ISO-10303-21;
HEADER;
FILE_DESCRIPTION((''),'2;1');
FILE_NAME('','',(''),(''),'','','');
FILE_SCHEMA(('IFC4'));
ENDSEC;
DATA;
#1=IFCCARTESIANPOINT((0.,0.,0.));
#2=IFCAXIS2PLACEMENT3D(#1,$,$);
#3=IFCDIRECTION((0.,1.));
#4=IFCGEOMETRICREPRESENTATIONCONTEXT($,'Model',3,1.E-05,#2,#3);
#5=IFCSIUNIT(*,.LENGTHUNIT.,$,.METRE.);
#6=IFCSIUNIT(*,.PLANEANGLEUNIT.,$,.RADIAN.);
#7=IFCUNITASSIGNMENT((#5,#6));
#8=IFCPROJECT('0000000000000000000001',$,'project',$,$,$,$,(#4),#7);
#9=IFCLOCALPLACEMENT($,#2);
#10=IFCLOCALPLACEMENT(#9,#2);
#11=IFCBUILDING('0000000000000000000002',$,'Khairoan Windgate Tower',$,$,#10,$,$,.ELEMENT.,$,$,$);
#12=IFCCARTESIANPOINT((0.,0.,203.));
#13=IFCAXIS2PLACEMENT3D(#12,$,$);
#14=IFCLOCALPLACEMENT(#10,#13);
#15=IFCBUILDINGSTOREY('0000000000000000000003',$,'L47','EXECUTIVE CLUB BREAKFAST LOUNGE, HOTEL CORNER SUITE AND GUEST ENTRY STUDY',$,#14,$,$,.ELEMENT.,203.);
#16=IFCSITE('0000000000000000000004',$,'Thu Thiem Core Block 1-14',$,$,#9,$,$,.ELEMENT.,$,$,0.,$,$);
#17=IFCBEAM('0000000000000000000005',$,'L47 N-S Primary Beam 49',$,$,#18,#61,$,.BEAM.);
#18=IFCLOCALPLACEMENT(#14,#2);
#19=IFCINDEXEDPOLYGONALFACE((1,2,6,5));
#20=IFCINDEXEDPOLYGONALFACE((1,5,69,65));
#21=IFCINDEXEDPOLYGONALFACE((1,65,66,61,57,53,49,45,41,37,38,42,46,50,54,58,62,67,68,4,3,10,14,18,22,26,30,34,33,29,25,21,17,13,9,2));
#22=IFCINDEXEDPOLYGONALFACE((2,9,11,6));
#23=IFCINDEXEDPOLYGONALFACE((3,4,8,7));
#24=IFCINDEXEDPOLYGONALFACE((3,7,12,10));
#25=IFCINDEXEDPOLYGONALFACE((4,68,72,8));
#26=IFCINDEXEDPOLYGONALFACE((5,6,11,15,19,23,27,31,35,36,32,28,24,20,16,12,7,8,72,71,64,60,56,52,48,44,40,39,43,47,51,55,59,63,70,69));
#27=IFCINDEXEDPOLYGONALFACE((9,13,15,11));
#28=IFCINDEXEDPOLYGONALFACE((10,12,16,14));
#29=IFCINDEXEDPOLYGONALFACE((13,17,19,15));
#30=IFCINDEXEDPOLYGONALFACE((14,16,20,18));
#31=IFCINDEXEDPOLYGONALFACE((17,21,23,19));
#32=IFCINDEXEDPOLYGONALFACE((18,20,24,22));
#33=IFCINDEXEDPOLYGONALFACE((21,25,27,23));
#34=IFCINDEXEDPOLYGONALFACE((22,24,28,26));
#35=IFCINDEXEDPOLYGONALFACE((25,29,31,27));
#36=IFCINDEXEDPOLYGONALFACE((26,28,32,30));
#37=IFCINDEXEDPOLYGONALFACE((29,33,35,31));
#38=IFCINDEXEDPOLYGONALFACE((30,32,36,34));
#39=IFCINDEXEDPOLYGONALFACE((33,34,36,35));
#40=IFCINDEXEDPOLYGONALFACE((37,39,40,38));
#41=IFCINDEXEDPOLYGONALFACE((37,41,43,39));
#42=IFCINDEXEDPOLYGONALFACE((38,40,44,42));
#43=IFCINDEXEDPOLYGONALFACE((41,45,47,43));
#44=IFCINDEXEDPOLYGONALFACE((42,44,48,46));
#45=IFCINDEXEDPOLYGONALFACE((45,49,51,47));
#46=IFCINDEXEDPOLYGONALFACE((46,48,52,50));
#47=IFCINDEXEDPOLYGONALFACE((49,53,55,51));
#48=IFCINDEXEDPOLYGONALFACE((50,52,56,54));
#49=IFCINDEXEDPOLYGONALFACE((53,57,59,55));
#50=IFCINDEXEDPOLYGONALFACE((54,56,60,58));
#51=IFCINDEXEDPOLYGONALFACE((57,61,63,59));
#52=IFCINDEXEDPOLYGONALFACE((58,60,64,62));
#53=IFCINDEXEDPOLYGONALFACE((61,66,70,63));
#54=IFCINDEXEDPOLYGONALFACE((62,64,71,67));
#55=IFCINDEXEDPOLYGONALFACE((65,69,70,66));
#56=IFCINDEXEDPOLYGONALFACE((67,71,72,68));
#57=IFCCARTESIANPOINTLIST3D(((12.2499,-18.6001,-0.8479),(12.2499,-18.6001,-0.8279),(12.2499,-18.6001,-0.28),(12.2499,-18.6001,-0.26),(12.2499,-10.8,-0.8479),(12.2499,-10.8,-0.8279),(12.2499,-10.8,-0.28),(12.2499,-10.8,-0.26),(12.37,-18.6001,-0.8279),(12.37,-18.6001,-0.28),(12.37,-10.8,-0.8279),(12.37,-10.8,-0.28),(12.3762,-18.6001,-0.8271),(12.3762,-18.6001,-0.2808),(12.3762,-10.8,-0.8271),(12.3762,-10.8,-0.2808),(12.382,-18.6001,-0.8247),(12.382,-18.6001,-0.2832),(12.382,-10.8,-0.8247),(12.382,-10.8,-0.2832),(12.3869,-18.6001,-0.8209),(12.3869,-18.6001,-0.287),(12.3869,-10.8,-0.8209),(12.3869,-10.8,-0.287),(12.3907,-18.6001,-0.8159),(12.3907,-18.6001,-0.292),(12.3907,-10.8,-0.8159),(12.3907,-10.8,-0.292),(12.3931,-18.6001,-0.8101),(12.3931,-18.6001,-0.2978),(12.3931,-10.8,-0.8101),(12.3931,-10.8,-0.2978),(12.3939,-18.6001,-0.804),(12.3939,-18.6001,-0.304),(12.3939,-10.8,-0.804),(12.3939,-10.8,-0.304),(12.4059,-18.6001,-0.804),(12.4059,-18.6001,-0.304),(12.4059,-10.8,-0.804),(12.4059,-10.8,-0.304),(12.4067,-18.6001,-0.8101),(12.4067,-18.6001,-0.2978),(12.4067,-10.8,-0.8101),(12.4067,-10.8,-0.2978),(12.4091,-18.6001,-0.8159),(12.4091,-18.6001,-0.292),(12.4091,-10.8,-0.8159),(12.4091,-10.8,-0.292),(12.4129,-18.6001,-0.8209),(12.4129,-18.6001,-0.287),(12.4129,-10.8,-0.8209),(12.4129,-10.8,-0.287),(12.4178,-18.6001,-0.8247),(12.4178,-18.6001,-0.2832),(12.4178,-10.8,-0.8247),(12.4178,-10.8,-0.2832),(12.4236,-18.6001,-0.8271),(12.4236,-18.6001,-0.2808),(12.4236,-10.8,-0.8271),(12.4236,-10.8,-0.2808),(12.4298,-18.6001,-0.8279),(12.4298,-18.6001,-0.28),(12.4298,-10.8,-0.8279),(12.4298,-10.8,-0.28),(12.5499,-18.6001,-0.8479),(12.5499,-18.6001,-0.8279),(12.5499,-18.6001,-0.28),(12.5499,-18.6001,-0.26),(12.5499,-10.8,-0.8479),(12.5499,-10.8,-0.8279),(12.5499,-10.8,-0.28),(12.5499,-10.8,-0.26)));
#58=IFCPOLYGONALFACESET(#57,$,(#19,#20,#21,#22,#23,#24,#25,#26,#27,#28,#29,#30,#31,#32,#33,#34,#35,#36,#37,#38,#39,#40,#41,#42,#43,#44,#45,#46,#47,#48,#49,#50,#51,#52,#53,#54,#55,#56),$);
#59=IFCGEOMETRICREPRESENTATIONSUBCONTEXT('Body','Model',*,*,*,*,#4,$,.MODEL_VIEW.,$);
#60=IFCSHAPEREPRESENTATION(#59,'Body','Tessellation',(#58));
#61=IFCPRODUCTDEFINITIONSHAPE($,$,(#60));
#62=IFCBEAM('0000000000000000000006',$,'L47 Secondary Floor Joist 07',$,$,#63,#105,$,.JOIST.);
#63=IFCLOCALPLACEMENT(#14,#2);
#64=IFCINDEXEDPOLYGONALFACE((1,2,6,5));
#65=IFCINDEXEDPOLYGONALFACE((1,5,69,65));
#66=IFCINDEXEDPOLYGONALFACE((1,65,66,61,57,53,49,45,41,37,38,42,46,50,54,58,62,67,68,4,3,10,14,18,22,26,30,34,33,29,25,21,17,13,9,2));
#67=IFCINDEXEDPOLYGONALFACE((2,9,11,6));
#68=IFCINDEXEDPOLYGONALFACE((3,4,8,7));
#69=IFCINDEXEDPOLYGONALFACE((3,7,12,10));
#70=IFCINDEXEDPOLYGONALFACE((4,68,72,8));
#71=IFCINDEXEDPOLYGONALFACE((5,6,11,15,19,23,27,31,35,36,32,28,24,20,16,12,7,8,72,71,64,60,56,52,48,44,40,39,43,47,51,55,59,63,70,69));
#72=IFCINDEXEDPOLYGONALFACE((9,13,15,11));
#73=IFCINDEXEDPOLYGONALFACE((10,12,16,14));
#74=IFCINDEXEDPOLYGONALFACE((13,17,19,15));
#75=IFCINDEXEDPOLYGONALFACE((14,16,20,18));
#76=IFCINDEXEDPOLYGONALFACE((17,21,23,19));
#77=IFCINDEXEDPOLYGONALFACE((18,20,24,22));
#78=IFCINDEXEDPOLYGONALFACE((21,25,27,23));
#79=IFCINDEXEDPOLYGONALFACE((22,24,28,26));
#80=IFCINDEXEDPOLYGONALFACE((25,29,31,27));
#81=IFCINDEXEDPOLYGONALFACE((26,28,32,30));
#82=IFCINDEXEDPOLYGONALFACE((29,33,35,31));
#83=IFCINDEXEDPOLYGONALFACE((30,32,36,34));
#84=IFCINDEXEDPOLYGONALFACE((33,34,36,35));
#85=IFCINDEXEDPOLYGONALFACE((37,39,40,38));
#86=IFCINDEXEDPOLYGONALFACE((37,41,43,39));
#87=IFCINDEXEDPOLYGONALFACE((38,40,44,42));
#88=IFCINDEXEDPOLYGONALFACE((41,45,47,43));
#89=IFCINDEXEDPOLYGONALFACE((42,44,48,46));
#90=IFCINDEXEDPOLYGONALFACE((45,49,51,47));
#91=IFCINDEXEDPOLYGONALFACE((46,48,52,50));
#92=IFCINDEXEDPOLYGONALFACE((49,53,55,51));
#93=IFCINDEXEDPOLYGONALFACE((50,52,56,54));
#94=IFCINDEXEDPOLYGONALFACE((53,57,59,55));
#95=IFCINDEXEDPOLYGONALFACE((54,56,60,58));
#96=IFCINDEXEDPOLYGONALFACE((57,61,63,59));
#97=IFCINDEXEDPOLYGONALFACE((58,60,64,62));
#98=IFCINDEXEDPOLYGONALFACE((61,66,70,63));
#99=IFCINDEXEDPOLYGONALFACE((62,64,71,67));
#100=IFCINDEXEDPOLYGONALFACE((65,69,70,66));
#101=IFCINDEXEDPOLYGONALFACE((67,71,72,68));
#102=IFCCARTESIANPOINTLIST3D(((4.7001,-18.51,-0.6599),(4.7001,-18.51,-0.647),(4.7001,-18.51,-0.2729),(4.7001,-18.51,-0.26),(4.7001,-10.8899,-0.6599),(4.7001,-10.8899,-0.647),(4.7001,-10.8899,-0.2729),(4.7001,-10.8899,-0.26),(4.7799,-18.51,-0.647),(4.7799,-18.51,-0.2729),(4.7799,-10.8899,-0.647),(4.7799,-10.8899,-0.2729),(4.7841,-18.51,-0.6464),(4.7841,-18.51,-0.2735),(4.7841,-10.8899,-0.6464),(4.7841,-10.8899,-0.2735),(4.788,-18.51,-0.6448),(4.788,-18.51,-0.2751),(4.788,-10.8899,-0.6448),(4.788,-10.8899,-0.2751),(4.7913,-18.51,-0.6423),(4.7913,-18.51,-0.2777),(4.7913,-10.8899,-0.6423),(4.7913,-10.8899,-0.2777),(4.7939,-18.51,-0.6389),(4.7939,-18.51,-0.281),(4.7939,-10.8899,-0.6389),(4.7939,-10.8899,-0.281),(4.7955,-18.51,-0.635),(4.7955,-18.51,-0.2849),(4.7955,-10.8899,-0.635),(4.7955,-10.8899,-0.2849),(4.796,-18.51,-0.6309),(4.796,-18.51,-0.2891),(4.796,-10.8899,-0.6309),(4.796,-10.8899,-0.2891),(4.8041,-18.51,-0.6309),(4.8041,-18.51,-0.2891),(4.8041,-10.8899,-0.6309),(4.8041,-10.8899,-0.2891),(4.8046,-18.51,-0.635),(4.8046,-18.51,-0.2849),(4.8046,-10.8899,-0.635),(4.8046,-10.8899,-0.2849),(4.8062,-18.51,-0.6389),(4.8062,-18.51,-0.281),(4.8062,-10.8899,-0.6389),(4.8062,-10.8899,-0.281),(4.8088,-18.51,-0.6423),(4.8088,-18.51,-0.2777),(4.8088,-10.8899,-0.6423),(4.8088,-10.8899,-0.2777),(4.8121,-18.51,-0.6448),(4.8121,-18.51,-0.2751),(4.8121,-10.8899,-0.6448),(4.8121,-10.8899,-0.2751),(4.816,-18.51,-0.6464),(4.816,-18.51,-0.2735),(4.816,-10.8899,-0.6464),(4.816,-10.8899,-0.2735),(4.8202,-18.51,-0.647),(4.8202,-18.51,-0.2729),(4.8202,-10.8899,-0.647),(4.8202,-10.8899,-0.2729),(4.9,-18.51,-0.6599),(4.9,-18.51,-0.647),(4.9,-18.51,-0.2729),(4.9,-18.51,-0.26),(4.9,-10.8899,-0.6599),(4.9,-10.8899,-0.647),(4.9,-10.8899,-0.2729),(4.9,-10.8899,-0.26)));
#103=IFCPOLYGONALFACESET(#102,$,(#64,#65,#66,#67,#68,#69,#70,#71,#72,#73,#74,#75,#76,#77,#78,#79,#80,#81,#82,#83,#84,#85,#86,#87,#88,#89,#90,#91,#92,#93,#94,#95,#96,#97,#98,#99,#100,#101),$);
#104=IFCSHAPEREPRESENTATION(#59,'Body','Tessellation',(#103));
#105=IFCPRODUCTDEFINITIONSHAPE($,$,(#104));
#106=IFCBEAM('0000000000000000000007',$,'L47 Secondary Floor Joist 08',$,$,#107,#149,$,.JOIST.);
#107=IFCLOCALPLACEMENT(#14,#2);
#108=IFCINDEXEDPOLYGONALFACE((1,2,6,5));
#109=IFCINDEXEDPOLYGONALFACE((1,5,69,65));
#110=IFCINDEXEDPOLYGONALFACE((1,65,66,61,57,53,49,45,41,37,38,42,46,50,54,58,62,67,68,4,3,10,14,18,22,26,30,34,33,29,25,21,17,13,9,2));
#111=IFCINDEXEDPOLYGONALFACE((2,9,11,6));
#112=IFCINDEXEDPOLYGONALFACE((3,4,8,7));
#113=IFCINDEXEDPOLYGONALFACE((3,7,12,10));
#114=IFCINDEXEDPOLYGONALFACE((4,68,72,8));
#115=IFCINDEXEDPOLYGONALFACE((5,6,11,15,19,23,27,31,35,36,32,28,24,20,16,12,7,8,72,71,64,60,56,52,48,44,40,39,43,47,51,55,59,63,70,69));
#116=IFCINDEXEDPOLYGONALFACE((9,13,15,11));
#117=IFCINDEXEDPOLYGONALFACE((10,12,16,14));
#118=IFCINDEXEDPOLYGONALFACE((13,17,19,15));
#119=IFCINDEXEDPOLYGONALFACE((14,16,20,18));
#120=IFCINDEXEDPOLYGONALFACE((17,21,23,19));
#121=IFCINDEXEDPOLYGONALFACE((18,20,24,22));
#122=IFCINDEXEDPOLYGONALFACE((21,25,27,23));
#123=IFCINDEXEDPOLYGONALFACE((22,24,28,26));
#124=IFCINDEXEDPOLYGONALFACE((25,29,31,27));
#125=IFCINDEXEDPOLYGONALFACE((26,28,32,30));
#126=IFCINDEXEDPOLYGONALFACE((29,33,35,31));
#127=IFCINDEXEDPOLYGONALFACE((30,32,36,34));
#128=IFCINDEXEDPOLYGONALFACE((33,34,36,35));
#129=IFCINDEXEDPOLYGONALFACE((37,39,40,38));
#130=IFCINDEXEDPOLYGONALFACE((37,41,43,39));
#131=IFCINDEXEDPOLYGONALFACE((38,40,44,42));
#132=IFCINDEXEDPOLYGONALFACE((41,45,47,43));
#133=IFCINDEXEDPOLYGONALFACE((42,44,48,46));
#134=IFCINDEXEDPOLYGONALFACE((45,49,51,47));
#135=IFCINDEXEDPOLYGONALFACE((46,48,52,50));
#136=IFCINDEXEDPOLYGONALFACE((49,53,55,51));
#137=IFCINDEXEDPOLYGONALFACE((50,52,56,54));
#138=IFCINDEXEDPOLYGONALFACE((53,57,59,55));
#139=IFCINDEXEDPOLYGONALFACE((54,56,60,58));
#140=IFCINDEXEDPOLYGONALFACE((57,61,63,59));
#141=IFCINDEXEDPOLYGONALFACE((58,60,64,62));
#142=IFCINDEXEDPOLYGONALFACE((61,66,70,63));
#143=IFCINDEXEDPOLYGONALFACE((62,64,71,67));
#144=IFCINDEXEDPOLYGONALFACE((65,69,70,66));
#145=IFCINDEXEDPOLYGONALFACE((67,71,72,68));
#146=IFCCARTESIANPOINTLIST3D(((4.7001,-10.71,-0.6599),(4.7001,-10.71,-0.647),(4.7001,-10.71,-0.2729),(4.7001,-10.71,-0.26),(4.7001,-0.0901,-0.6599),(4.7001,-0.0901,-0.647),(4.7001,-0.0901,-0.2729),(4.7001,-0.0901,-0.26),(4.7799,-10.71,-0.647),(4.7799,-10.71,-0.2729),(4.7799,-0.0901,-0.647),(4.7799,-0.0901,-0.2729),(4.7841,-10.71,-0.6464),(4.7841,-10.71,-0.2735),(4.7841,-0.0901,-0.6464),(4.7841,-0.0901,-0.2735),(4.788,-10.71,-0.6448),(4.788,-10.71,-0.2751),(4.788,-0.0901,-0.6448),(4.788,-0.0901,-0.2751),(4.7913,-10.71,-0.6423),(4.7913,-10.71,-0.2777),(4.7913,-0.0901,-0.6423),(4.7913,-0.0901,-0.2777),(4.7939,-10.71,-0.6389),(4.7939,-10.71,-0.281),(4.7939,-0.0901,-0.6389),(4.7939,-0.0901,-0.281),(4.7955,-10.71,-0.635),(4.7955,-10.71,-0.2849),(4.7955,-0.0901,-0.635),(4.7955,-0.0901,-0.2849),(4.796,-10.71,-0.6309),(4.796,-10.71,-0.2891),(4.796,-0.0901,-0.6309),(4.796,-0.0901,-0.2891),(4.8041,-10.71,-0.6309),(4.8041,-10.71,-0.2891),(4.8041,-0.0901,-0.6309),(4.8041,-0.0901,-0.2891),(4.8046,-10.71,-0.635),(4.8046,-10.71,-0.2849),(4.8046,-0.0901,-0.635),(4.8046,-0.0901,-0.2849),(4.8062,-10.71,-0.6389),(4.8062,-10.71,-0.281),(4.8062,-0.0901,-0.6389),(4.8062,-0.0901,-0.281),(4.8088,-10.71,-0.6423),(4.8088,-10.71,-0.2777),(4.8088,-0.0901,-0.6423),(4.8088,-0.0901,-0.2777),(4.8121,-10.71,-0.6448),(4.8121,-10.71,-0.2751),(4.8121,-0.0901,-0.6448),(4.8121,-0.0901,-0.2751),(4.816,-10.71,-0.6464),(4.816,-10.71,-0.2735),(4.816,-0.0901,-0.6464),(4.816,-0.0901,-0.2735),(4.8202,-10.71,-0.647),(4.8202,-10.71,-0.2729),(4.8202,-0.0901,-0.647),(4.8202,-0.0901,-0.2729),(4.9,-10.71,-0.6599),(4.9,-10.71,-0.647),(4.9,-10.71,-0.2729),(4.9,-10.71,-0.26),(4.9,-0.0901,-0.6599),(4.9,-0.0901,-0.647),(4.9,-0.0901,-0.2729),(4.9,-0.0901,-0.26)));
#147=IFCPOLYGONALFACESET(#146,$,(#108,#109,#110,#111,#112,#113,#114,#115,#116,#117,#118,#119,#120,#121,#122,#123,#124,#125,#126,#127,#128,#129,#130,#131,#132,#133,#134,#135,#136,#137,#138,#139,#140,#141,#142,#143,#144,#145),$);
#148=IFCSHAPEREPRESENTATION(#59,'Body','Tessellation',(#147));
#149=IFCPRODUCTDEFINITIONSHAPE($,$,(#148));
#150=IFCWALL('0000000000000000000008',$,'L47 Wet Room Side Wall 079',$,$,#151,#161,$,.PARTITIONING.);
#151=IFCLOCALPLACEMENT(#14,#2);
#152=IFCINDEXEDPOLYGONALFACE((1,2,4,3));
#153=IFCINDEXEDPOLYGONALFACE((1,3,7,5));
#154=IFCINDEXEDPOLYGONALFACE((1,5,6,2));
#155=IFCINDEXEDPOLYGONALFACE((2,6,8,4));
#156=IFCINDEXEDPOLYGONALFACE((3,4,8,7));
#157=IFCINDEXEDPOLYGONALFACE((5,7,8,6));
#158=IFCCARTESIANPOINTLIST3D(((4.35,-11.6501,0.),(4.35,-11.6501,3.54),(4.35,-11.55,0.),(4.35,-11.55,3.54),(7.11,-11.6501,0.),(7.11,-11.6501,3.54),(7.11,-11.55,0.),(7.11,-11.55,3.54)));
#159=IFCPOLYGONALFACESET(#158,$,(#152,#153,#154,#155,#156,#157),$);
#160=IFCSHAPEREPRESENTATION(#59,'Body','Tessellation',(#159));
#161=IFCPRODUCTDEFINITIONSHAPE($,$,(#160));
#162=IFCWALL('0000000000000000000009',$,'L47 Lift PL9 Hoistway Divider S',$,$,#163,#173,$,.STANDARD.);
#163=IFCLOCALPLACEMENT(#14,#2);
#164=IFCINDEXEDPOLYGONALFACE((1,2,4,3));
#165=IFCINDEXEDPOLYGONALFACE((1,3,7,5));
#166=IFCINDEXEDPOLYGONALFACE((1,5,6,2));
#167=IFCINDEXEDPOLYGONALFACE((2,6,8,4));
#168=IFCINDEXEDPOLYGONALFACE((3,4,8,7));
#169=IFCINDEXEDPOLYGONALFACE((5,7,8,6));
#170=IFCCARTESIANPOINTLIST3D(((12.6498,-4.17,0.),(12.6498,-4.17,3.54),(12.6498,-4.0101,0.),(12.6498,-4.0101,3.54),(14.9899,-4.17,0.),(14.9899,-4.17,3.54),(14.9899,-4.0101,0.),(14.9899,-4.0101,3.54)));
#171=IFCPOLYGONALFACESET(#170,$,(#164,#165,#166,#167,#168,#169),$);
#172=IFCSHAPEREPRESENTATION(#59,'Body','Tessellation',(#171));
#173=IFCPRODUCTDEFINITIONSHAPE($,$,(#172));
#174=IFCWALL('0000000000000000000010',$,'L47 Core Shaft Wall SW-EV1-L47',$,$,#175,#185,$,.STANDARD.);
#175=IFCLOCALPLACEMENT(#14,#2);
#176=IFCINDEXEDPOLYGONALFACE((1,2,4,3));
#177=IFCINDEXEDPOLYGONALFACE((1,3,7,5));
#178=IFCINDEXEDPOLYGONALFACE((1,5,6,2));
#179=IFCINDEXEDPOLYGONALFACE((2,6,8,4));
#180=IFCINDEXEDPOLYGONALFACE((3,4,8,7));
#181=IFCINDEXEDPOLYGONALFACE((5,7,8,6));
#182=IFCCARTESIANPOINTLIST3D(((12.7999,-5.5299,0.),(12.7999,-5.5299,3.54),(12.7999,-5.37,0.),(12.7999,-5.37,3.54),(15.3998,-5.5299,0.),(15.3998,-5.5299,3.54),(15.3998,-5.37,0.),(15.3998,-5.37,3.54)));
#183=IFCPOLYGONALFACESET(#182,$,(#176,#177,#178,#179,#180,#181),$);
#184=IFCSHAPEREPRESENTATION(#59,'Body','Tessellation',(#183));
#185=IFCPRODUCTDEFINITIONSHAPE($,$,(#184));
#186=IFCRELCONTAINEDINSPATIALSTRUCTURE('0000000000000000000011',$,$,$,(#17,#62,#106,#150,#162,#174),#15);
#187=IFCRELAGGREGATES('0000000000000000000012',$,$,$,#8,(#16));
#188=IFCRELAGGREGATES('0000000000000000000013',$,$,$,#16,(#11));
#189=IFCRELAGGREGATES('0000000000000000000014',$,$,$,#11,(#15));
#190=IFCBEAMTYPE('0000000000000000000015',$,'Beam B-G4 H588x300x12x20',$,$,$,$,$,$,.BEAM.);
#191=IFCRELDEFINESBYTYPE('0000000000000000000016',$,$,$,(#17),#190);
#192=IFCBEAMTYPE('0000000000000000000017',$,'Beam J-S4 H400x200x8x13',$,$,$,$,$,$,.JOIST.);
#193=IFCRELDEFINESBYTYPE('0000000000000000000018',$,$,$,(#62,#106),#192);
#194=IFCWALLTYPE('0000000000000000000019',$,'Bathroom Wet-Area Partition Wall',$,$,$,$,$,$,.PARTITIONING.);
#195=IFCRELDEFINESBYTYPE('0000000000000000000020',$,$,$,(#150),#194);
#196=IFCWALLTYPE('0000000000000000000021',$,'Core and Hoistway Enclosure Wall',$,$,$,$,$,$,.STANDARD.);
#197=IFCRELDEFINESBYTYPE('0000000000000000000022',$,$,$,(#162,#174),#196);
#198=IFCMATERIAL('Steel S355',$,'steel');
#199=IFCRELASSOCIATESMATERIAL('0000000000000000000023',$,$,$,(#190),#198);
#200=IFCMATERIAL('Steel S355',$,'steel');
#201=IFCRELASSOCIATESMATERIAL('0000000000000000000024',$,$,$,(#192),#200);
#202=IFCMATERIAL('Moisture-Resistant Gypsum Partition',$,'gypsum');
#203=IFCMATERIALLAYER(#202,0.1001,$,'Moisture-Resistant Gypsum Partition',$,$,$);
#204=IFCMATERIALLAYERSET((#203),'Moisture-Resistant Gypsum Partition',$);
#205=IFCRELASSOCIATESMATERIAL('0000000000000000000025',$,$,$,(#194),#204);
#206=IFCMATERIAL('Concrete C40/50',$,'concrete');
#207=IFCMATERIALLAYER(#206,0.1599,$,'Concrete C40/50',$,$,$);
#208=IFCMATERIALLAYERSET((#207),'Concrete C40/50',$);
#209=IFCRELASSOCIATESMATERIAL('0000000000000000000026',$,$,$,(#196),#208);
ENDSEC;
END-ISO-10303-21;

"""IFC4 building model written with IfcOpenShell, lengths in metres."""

from ifc_helpers import new_model, si_unit, direction, frame, frame_2d, origin, origin_2d, place, context, subcontext, project, spatial, rectangle, i_section, extrude, material, layer, layer_set, material_profile, profile_set, type_object, element, save


model = new_model("IFC4")

# Units and contexts
model_context = context("Model", 3, precision=1e-05, world=origin(), true_north=direction((0.0, 1.0)))
body_context = subcontext(model_context, "Body", "Model", "MODEL_VIEW")
ifc_project = project(units=[si_unit("LENGTHUNIT", "METRE"), si_unit("PLANEANGLEUNIT", "RADIAN")], contexts=[model_context])

# Site, building, storey
site_placement = place(None, origin())
site = spatial("IfcSite", under=ifc_project, at=site_placement, Name="Thu Thiem Core Block 1-14", CompositionType="ELEMENT", RefElevation=0.0)
building_placement = place(site_placement, origin())
building = spatial("IfcBuilding", under=site, at=building_placement, Name="Khairoan Windgate Tower", CompositionType="ELEMENT")
storey_placement = place(building_placement, frame((0.0, 0.0, 203.0)))
storey = spatial("IfcBuildingStorey", under=building, at=storey_placement, Name="L47", Description="EXECUTIVE CLUB BREAKFAST LOUNGE, HOTEL CORNER SUITE AND GUEST ENTRY STUDY", CompositionType="ELEMENT", Elevation=203.0)

# Beams
ifc_material_1 = material(Name="Steel S355", Category="steel")
ifc_material_profile_1 = material_profile(ifc_material_1, i_section(OverallWidth=0.3, OverallDepth=0.5879, WebThickness=0.012, FlangeThickness=0.02, FilletRadius=0.0239, at=origin_2d()))
ifc_profile_set_1 = profile_set([ifc_material_profile_1], Name="Steel S355")
beam_type_1 = type_object("IfcBeamType", Name="Beam B-G4 H588x300x12x20", PredefinedType="BEAM", material=ifc_profile_set_1)
beam_1_placement = place(storey_placement, frame((12.3999, -18.6001, -0.554), z_axis=(0.0, 1.0, 0.0), x_axis=(-1.0, 0.0, 0.0)))
element("IfcBeam", 1, at=beam_1_placement, inside=storey, type_object=beam_type_1, Name="L47 N-S Primary Beam 49", PredefinedType="BEAM", context=body_context, shape_type="SweptSolid", body=[
    extrude(i_section(OverallWidth=0.3, OverallDepth=0.5879, WebThickness=0.012, FlangeThickness=0.02, FilletRadius=0.0239, at=origin_2d()), origin(), (0.0, 0.0, 1.0), 7.8),
])
ifc_material_2 = material(Name="Steel S355", Category="steel")
ifc_material_profile_2 = material_profile(ifc_material_2, i_section(OverallWidth=0.2, OverallDepth=0.3999, WebThickness=0.0081, FlangeThickness=0.0129, FilletRadius=0.0161, at=origin_2d()))
ifc_profile_set_2 = profile_set([ifc_material_profile_2], Name="Steel S355")
beam_type_2 = type_object("IfcBeamType", Name="Beam J-S4 H400x200x8x13", PredefinedType="JOIST", material=ifc_profile_set_2)
beam_2_placement = place(storey_placement, frame((4.8, -18.51, -0.46), z_axis=(0.0, 1.0, 0.0), x_axis=(-1.0, 0.0, 0.0)))
element("IfcBeam", 2, at=beam_2_placement, inside=storey, type_object=beam_type_2, Name="L47 Secondary Floor Joist 07", PredefinedType="JOIST", context=body_context, shape_type="SweptSolid", body=[
    extrude(i_section(OverallWidth=0.2, OverallDepth=0.3999, WebThickness=0.0081, FlangeThickness=0.0129, FilletRadius=0.0161, at=origin_2d()), origin(), (0.0, 0.0, 1.0), 7.6201),
])
beam_3_placement = place(storey_placement, frame((4.8, -10.71, -0.46), z_axis=(0.0, 1.0, 0.0), x_axis=(-1.0, 0.0, 0.0)))
element("IfcBeam", 3, at=beam_3_placement, inside=storey, type_object=beam_type_2, Name="L47 Secondary Floor Joist 08", PredefinedType="JOIST", context=body_context, shape_type="SweptSolid", body=[
    extrude(i_section(OverallWidth=0.2, OverallDepth=0.3999, WebThickness=0.0081, FlangeThickness=0.0129, FilletRadius=0.0161, at=origin_2d()), origin(), (0.0, 0.0, 1.0), 10.6199),
])

# Walls
ifc_material_3 = material(Name="Moisture-Resistant Gypsum Partition", Category="gypsum")
ifc_layer_1 = layer(ifc_material_3, 0.1001, Name="Moisture-Resistant Gypsum Partition")
ifc_layer_set_1 = layer_set([ifc_layer_1], Name="Moisture-Resistant Gypsum Partition")
wall_type_1 = type_object("IfcWallType", Name="Bathroom Wet-Area Partition Wall", PredefinedType="PARTITIONING", material=ifc_layer_set_1)
wall_1_placement = place(storey_placement, frame((4.3501, -11.6001, 0.0), z_axis=(0.0, 0.0, 1.0), x_axis=(1.0, 0.0, 0.0)))
element("IfcWall", 4, at=wall_1_placement, inside=storey, type_object=wall_type_1, Name="L47 Wet Room Side Wall 079", PredefinedType="PARTITIONING", context=body_context, shape_type="SweptSolid", body=[
    extrude(rectangle(XDim=2.76, YDim=0.1001, at=frame_2d((1.3799, 0.0))), origin(), (0.0, 0.0, 1.0), 3.54),
])
ifc_material_4 = material(Name="Concrete C40/50", Category="concrete")
ifc_layer_2 = layer(ifc_material_4, 0.1599, Name="Concrete C40/50")
ifc_layer_set_2 = layer_set([ifc_layer_2], Name="Concrete C40/50")
wall_type_2 = type_object("IfcWallType", Name="Core and Hoistway Enclosure Wall", PredefinedType="STANDARD", material=ifc_layer_set_2)
wall_2_placement = place(storey_placement, frame((12.6499, -4.0901, 0.0), z_axis=(0.0, 0.0, 1.0), x_axis=(1.0, 0.0, 0.0)))
element("IfcWall", 5, at=wall_2_placement, inside=storey, type_object=wall_type_2, Name="L47 Lift PL9 Hoistway Divider S", PredefinedType="STANDARD", context=body_context, shape_type="SweptSolid", body=[
    extrude(rectangle(XDim=2.3401, YDim=0.1599, at=frame_2d((1.1699, 0.0))), origin(), (0.0, 0.0, 1.0), 3.54),
])
for number, where, z_axis, x_axis, name in (
    (6, (12.8, -5.45, 0.0), (0.0, 0.0, 1.0), (1.0, 0.0, 0.0), "L47 Core Shaft Wall SW-EV1-L47"),
):
    element("IfcWall", number, at=place(storey_placement, frame(where, z_axis=z_axis, x_axis=x_axis)), inside=storey, type_object=wall_type_2, Name=name, PredefinedType="STANDARD", context=body_context, shape_type="SweptSolid", body=[
        extrude(rectangle(XDim=2.5999, YDim=0.1599, at=frame_2d((1.2998, 0.0))), origin(), (0.0, 0.0, 1.0), 3.54),
    ])

save(model, "model.ifc")
